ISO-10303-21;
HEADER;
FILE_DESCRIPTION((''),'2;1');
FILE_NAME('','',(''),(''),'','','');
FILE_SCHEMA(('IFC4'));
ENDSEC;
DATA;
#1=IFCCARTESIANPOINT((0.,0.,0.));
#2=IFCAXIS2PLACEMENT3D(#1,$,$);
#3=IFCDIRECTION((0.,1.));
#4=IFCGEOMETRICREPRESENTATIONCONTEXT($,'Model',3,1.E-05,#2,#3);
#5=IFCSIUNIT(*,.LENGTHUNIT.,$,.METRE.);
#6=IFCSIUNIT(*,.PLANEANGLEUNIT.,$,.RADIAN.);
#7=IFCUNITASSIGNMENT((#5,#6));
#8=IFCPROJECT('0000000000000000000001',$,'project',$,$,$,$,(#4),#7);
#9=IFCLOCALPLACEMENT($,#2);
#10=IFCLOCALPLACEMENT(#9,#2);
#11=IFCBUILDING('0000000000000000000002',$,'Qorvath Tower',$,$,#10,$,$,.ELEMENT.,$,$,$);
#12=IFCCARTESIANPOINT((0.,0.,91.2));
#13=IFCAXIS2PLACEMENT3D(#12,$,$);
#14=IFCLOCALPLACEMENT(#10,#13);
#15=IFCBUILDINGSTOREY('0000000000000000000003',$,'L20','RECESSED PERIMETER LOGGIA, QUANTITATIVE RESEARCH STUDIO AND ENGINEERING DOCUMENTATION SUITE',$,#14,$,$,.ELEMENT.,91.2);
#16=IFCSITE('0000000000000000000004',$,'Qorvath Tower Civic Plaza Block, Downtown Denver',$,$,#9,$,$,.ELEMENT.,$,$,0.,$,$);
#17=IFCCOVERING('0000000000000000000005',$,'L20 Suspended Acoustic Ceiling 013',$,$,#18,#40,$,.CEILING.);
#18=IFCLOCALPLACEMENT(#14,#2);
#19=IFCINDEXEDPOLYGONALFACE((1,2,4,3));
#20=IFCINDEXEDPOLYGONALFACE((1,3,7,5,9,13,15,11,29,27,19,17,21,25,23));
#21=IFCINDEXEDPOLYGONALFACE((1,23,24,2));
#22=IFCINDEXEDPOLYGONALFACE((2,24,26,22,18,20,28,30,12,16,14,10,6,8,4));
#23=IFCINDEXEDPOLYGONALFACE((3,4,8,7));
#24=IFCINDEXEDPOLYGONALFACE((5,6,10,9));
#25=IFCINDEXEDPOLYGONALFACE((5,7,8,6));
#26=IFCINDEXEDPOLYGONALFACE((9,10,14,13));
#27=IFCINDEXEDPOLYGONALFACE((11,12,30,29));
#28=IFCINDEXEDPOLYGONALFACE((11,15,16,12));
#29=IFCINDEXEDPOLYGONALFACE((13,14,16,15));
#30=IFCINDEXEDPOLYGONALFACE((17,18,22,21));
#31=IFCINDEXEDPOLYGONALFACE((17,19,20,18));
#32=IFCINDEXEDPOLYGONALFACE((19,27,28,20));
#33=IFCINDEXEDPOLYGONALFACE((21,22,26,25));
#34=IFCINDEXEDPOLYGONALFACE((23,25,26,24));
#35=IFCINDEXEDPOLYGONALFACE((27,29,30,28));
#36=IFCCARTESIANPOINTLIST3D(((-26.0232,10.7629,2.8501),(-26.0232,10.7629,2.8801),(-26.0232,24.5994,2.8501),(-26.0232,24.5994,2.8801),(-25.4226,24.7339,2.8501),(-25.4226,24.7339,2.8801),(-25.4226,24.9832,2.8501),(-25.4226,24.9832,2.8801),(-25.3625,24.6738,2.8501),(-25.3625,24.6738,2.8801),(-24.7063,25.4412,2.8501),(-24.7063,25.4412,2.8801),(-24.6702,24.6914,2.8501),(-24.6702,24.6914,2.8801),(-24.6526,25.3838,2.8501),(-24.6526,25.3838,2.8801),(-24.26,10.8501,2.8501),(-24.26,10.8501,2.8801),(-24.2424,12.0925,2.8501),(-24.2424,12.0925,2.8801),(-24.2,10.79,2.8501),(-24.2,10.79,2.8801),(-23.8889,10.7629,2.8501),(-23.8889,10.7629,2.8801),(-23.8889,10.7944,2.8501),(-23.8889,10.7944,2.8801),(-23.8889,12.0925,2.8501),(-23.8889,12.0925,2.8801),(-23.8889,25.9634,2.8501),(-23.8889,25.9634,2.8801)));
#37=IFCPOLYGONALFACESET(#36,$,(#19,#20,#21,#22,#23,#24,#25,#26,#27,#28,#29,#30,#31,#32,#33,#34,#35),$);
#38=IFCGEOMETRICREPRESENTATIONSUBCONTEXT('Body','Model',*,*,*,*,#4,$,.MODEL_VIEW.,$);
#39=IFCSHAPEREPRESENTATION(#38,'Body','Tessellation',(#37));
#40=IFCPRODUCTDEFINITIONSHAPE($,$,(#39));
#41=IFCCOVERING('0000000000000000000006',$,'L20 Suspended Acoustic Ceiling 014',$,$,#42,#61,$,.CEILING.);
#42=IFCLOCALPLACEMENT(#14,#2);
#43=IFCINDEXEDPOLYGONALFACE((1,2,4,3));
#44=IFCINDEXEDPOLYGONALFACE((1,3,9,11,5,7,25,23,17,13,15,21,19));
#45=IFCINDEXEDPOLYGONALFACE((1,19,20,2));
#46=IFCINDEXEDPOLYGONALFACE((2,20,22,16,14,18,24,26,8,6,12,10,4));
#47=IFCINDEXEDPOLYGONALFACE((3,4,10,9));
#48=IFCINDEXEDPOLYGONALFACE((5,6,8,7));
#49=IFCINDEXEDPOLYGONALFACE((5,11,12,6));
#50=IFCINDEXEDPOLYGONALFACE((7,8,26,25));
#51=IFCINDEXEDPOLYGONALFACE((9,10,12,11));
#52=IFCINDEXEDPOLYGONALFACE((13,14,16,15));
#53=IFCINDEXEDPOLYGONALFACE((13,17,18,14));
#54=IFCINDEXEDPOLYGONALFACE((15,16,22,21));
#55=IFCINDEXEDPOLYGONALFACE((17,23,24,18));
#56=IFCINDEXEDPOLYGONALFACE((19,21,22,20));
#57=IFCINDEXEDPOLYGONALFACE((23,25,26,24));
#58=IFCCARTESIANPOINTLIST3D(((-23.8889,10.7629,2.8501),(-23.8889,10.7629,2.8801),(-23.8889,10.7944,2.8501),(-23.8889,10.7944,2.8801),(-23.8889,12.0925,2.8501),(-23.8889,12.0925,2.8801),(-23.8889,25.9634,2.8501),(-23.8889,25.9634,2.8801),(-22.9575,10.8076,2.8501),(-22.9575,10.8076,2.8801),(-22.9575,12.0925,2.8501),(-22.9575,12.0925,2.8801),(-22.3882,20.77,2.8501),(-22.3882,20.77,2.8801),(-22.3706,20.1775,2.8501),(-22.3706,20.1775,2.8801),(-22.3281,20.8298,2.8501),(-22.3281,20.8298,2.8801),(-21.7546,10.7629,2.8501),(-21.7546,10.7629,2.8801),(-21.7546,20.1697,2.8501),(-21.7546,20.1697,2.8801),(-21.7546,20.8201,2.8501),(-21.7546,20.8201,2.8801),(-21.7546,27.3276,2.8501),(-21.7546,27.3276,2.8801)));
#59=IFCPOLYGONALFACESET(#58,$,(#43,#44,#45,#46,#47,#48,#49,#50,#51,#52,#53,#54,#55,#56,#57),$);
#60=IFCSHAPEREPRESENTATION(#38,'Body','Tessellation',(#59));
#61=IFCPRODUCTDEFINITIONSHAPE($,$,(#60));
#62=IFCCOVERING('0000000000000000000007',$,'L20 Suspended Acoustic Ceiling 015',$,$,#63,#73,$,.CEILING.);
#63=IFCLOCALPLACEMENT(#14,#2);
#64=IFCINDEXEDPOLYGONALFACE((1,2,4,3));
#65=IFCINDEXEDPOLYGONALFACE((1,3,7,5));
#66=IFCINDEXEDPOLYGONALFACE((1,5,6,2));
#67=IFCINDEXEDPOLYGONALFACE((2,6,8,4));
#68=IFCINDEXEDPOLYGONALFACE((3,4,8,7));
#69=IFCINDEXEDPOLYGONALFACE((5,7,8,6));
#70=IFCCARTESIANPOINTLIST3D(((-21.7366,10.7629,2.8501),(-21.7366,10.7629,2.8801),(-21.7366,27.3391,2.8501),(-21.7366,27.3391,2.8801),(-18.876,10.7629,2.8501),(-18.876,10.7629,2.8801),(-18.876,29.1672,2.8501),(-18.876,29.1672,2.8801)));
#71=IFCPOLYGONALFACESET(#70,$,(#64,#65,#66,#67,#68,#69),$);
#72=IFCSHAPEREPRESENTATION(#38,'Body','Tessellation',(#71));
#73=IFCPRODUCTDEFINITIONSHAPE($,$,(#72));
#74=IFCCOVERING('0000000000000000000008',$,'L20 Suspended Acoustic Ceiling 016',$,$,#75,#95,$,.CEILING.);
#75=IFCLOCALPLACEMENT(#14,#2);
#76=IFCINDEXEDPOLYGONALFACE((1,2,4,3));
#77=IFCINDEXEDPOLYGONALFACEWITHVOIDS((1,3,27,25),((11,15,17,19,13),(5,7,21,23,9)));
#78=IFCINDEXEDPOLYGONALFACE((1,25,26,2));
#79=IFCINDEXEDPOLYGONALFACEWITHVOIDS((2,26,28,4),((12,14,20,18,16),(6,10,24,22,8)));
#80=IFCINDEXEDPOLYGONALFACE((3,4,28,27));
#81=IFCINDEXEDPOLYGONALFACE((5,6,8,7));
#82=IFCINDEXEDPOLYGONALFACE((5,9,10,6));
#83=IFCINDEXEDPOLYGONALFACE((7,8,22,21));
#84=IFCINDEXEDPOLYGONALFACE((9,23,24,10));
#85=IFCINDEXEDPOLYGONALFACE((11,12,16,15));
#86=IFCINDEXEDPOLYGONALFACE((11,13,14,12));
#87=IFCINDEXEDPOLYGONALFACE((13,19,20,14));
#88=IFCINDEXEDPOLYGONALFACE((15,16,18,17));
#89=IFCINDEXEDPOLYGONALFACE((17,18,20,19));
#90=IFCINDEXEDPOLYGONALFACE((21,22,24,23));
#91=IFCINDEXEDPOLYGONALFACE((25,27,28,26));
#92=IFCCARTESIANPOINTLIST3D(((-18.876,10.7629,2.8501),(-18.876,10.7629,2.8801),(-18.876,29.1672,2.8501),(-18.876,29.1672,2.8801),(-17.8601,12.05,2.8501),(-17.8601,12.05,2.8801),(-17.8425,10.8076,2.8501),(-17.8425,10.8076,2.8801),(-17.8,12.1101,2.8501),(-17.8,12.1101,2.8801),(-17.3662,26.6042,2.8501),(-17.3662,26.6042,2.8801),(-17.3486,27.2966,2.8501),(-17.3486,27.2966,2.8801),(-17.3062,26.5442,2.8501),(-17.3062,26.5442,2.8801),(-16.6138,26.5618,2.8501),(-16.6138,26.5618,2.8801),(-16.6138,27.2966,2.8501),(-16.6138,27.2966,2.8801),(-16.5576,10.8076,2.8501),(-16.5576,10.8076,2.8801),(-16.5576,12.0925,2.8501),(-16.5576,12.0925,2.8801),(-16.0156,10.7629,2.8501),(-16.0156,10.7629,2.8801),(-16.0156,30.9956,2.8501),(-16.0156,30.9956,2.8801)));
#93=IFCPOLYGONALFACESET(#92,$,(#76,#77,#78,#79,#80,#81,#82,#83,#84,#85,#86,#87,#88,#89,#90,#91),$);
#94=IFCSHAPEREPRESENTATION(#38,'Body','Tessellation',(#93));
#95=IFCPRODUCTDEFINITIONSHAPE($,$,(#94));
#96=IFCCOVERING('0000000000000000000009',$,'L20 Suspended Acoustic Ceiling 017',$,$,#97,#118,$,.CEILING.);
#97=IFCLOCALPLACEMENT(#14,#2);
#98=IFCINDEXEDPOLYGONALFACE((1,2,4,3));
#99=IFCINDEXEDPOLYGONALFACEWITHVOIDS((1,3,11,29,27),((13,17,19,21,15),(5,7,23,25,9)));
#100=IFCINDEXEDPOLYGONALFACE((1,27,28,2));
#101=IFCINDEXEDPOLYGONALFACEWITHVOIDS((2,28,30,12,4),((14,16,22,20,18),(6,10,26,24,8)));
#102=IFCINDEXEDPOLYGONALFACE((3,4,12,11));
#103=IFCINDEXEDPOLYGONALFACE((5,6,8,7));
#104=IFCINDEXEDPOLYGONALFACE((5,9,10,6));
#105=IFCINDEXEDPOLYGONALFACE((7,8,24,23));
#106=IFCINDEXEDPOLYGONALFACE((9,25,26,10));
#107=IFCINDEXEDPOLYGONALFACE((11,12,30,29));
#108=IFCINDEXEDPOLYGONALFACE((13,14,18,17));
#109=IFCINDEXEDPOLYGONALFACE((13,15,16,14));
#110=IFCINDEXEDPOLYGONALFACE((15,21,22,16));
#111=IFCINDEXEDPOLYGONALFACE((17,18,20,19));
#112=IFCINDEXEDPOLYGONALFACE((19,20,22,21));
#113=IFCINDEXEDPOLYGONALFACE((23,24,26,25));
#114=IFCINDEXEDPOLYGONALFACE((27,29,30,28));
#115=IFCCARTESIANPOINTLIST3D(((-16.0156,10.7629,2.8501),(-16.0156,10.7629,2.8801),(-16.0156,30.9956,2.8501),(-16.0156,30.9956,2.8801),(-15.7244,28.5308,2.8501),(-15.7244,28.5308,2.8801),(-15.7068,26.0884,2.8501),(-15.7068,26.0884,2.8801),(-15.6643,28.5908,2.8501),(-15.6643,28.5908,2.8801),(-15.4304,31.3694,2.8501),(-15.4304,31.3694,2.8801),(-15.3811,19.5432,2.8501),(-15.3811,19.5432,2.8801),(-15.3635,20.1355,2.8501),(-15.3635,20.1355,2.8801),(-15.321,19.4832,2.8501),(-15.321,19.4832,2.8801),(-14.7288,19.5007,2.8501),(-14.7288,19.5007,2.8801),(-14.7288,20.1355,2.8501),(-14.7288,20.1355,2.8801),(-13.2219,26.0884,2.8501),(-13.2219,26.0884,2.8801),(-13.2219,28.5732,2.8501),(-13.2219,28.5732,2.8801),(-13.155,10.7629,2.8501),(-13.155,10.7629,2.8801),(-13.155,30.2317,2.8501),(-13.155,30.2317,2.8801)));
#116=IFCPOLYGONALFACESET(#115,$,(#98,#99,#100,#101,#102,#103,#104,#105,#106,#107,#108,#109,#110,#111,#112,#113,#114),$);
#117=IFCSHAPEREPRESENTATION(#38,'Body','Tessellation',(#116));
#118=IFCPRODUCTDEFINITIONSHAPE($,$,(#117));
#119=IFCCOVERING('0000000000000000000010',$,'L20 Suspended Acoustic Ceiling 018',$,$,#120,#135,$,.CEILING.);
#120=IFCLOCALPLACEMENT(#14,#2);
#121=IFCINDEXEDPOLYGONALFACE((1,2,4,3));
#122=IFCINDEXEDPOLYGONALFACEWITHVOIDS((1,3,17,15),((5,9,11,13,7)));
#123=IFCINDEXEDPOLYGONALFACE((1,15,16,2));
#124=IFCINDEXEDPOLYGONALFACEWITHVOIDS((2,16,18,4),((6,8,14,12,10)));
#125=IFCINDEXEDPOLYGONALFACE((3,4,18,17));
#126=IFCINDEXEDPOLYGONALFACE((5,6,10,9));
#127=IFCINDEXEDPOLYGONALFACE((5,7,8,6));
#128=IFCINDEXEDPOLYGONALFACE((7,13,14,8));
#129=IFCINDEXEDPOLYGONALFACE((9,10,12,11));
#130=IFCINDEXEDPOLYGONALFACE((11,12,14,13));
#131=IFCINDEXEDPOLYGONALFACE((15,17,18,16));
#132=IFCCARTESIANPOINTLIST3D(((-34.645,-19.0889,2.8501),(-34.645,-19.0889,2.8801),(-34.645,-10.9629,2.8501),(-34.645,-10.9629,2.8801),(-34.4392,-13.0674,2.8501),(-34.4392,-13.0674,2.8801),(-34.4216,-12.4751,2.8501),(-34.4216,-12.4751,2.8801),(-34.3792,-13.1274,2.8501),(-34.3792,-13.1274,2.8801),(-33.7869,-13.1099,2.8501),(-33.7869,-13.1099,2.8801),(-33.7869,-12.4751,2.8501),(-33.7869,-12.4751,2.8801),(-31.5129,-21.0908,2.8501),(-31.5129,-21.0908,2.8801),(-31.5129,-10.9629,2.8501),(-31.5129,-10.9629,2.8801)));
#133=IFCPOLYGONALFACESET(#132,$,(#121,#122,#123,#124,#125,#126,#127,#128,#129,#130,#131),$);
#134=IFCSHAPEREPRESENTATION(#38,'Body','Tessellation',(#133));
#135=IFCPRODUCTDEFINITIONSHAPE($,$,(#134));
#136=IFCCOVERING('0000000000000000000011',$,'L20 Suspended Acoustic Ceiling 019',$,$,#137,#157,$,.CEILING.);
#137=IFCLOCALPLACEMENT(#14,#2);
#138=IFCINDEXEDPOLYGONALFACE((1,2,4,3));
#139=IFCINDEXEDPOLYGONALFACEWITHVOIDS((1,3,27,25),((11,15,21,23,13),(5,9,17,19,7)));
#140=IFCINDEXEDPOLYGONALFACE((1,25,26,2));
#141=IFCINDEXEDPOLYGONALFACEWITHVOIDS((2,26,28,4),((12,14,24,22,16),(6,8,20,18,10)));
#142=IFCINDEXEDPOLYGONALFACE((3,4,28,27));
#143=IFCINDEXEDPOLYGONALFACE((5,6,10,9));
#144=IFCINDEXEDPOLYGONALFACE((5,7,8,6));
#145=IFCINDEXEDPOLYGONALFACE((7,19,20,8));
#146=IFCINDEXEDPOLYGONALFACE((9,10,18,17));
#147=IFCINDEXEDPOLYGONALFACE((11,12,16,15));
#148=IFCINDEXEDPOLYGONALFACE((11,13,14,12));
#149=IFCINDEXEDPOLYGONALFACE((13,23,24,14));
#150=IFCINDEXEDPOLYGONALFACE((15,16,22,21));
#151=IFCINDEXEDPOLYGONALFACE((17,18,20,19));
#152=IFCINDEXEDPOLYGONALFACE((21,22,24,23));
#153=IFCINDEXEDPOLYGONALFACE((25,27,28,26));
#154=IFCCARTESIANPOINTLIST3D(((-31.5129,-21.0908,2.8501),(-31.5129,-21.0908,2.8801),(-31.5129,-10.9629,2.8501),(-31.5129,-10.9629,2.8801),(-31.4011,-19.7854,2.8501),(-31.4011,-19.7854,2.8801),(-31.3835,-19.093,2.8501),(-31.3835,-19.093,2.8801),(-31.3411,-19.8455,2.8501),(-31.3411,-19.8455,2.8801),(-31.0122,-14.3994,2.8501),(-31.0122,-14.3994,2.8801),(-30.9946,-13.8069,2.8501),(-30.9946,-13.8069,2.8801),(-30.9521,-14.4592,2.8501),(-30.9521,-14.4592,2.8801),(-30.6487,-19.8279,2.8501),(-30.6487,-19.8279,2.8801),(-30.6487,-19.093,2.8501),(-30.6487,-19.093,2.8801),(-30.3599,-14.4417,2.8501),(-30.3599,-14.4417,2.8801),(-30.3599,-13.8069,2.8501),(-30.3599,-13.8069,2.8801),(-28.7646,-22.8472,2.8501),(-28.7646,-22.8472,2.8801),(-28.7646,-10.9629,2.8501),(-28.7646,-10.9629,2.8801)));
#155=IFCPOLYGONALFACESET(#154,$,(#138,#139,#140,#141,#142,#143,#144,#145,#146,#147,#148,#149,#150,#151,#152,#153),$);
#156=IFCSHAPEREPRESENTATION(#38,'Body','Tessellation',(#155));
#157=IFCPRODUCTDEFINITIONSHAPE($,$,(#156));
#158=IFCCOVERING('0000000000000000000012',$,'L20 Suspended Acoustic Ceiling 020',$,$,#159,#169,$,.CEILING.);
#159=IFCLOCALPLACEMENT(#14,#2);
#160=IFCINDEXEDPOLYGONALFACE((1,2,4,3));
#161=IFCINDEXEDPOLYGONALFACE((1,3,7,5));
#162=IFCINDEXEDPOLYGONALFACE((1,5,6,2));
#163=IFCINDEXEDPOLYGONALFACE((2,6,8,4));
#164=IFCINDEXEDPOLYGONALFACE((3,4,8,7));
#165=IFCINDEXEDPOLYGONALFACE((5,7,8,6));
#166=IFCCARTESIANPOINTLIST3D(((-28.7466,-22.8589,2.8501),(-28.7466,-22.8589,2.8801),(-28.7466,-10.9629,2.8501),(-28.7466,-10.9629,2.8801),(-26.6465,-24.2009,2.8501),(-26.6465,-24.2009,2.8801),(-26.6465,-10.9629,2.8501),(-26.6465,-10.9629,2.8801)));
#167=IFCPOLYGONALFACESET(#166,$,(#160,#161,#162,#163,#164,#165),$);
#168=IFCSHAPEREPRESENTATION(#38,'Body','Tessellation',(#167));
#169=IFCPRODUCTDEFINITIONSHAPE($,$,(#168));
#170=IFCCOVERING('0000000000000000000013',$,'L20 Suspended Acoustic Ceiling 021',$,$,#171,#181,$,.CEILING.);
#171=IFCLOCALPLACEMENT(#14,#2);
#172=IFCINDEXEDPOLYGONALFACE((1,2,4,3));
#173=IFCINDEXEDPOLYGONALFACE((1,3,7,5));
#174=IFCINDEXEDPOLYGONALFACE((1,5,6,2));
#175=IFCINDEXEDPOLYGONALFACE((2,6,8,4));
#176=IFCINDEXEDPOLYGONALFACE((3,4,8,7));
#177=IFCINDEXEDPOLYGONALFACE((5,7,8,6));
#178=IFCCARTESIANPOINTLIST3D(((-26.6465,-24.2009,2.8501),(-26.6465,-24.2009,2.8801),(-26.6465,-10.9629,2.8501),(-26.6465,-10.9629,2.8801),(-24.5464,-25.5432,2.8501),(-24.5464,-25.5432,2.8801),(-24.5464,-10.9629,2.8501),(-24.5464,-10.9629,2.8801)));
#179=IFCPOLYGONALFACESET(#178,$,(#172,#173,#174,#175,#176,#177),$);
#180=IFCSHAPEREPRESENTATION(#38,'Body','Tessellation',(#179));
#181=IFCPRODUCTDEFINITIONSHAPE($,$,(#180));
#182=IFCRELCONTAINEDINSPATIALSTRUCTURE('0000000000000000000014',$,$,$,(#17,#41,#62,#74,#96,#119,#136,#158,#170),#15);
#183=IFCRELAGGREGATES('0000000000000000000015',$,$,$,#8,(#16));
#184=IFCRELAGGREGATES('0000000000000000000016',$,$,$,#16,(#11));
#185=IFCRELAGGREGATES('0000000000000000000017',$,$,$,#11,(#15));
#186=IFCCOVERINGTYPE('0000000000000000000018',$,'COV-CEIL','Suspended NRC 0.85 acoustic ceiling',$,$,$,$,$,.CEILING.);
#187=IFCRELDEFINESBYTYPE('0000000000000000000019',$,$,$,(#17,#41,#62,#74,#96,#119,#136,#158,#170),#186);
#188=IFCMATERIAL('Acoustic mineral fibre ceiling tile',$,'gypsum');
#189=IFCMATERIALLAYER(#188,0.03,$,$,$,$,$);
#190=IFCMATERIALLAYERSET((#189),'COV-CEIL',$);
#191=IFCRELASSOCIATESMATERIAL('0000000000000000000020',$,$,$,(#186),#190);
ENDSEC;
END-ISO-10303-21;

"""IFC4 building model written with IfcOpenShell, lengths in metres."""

from ifc_helpers import new_model, si_unit, direction, frame, origin, place, context, subcontext, project, spatial, polyline, outline, extrude, material, layer, layer_set, type_object, element, save


model = new_model("IFC4")

# Units and contexts
model_context = context("Model", 3, precision=1e-05, world=origin(), true_north=direction((0.0, 1.0)))
body_context = subcontext(model_context, "Body", "Model", "MODEL_VIEW")
ifc_project = project(units=[si_unit("LENGTHUNIT", "METRE"), si_unit("PLANEANGLEUNIT", "RADIAN")], contexts=[model_context])

# Site, building, storey
site_placement = place(None, origin())
site = spatial("IfcSite", under=ifc_project, at=site_placement, Name="Qorvath Tower Civic Plaza Block, Downtown Denver", CompositionType="ELEMENT", RefElevation=0.0)
building_placement = place(site_placement, origin())
building = spatial("IfcBuilding", under=site, at=building_placement, Name="Qorvath Tower", CompositionType="ELEMENT")
storey_placement = place(building_placement, frame((0.0, 0.0, 91.2)))
storey = spatial("IfcBuildingStorey", under=building, at=storey_placement, Name="L20", Description="RECESSED PERIMETER LOGGIA, QUANTITATIVE RESEARCH STUDIO AND ENGINEERING DOCUMENTATION SUITE", CompositionType="ELEMENT", Elevation=91.2)

# Coverings
ifc_material_1 = material(Name="Acoustic mineral fibre ceiling tile", Category="gypsum")
ifc_layer_1 = layer(ifc_material_1, 0.03)
ifc_layer_set_1 = layer_set([ifc_layer_1], Name="COV-CEIL")
covering_type_1 = type_object("IfcCoveringType", Name="COV-CEIL", Description="Suspended NRC 0.85 acoustic ceiling", PredefinedType="CEILING", material=ifc_layer_set_1)
covering_1_placement = place(storey_placement, frame((0.0, 0.0, 2.8501)))
element("IfcCovering", 1, at=covering_1_placement, inside=storey, type_object=covering_type_1, Name="L20 Suspended Acoustic Ceiling 013", PredefinedType="CEILING", context=body_context, shape_type="SweptSolid", body=[
    extrude(outline(polyline([(-23.8889, 10.7629), (-23.8889, 10.7944), (-24.2, 10.79), (-24.26, 10.8501), (-24.2424, 12.0925), (-23.8889, 12.0925), (-23.8889, 25.9634), (-24.7063, 25.4412), (-24.6526, 25.3838), (-24.6702, 24.6914), (-25.3625, 24.6738), (-25.4226, 24.7339), (-25.4226, 24.9832), (-26.0232, 24.5994), (-26.0232, 10.7629), (-23.8889, 10.7629)])), origin(), (0.0, 0.0, 1.0), 0.03),
])
covering_2_placement = place(storey_placement, frame((0.0, 0.0, 2.8501)))
element("IfcCovering", 2, at=covering_2_placement, inside=storey, type_object=covering_type_1, Name="L20 Suspended Acoustic Ceiling 014", PredefinedType="CEILING", context=body_context, shape_type="SweptSolid", body=[
    extrude(outline(polyline([(-21.7546, 20.8201), (-21.7546, 27.3276), (-23.8889, 25.9634), (-23.8889, 12.0925), (-22.9575, 12.0925), (-22.9575, 10.8076), (-23.8889, 10.7944), (-23.8889, 10.7629), (-21.7546, 10.7629), (-21.7546, 20.1697), (-22.3706, 20.1775), (-22.3882, 20.77), (-22.3281, 20.8298), (-21.7546, 20.8201)])), origin(), (0.0, 0.0, 1.0), 0.03),
])
covering_3_placement = place(storey_placement, frame((0.0, 0.0, 2.8501)))
element("IfcCovering", 3, at=covering_3_placement, inside=storey, type_object=covering_type_1, Name="L20 Suspended Acoustic Ceiling 015", PredefinedType="CEILING", context=body_context, shape_type="SweptSolid", body=[
    extrude(outline(polyline([(-21.7366, 10.7629), (-18.876, 10.7629), (-18.876, 29.1672), (-21.7366, 27.3391), (-21.7366, 10.7629)])), origin(), (0.0, 0.0, 1.0), 0.03),
])
covering_4_placement = place(storey_placement, frame((0.0, 0.0, 2.8501)))
element("IfcCovering", 4, at=covering_4_placement, inside=storey, type_object=covering_type_1, Name="L20 Suspended Acoustic Ceiling 016", PredefinedType="CEILING", context=body_context, shape_type="SweptSolid", body=[
    extrude(outline(polyline([(-18.876, 29.1672), (-18.876, 10.7629), (-16.0156, 10.7629), (-16.0156, 30.9956), (-18.876, 29.1672)]), holes=[polyline([(-17.8601, 12.05), (-17.8, 12.1101), (-16.5576, 12.0925), (-16.5576, 10.8076), (-17.8425, 10.8076), (-17.8601, 12.05)]), polyline([(-17.3662, 26.6042), (-17.3486, 27.2966), (-16.6138, 27.2966), (-16.6138, 26.5618), (-17.3062, 26.5442), (-17.3662, 26.6042)])]), origin(), (0.0, 0.0, 1.0), 0.03),
])
covering_5_placement = place(storey_placement, frame((0.0, 0.0, 2.8501)))
element("IfcCovering", 5, at=covering_5_placement, inside=storey, type_object=covering_type_1, Name="L20 Suspended Acoustic Ceiling 017", PredefinedType="CEILING", context=body_context, shape_type="SweptSolid", body=[
    extrude(outline(polyline([(-16.0156, 30.9956), (-16.0156, 10.7629), (-13.155, 10.7629), (-13.155, 30.2317), (-15.4304, 31.3694), (-16.0156, 30.9956)]), holes=[polyline([(-15.7244, 28.5308), (-15.6643, 28.5908), (-13.2219, 28.5732), (-13.2219, 26.0884), (-15.7068, 26.0884), (-15.7244, 28.5308)]), polyline([(-15.3811, 19.5432), (-15.3635, 20.1355), (-14.7288, 20.1355), (-14.7288, 19.5007), (-15.321, 19.4832), (-15.3811, 19.5432)])]), origin(), (0.0, 0.0, 1.0), 0.03),
])
covering_6_placement = place(storey_placement, frame((0.0, 0.0, 2.8501)))
element("IfcCovering", 6, at=covering_6_placement, inside=storey, type_object=covering_type_1, Name="L20 Suspended Acoustic Ceiling 018", PredefinedType="CEILING", context=body_context, shape_type="SweptSolid", body=[
    extrude(outline(polyline([(-34.645, -10.9629), (-34.645, -19.0889), (-31.5129, -21.0908), (-31.5129, -10.9629), (-34.645, -10.9629)]), holes=[polyline([(-34.4392, -13.0674), (-34.4216, -12.4751), (-33.7869, -12.4751), (-33.7869, -13.1099), (-34.3792, -13.1274), (-34.4392, -13.0674)])]), origin(), (0.0, 0.0, 1.0), 0.03),
])
covering_7_placement = place(storey_placement, frame((0.0, 0.0, 2.8501)))
element("IfcCovering", 7, at=covering_7_placement, inside=storey, type_object=covering_type_1, Name="L20 Suspended Acoustic Ceiling 019", PredefinedType="CEILING", context=body_context, shape_type="SweptSolid", body=[
    extrude(outline(polyline([(-31.5129, -10.9629), (-31.5129, -21.0908), (-28.7646, -22.8472), (-28.7646, -10.9629), (-31.5129, -10.9629)]), holes=[polyline([(-31.0122, -14.3994), (-30.9946, -13.8069), (-30.3599, -13.8069), (-30.3599, -14.4417), (-30.9521, -14.4592), (-31.0122, -14.3994)]), polyline([(-31.4011, -19.7854), (-31.3835, -19.093), (-30.6487, -19.093), (-30.6487, -19.8279), (-31.3411, -19.8455), (-31.4011, -19.7854)])]), origin(), (0.0, 0.0, 1.0), 0.03),
])
covering_8_placement = place(storey_placement, frame((0.0, 0.0, 2.8501)))
element("IfcCovering", 8, at=covering_8_placement, inside=storey, type_object=covering_type_1, Name="L20 Suspended Acoustic Ceiling 020", PredefinedType="CEILING", context=body_context, shape_type="SweptSolid", body=[
    extrude(outline(polyline([(-26.6465, -24.2009), (-26.6465, -10.9629), (-28.7466, -10.9629), (-28.7466, -22.8589), (-26.6465, -24.2009)])), origin(), (0.0, 0.0, 1.0), 0.03),
])
covering_9_placement = place(storey_placement, frame((0.0, 0.0, 2.8501)))
element("IfcCovering", 9, at=covering_9_placement, inside=storey, type_object=covering_type_1, Name="L20 Suspended Acoustic Ceiling 021", PredefinedType="CEILING", context=body_context, shape_type="SweptSolid", body=[
    extrude(outline(polyline([(-24.5464, -25.5432), (-24.5464, -10.9629), (-26.6465, -10.9629), (-26.6465, -24.2009), (-24.5464, -25.5432)])), origin(), (0.0, 0.0, 1.0), 0.03),
])

save(model, "model.ifc")
